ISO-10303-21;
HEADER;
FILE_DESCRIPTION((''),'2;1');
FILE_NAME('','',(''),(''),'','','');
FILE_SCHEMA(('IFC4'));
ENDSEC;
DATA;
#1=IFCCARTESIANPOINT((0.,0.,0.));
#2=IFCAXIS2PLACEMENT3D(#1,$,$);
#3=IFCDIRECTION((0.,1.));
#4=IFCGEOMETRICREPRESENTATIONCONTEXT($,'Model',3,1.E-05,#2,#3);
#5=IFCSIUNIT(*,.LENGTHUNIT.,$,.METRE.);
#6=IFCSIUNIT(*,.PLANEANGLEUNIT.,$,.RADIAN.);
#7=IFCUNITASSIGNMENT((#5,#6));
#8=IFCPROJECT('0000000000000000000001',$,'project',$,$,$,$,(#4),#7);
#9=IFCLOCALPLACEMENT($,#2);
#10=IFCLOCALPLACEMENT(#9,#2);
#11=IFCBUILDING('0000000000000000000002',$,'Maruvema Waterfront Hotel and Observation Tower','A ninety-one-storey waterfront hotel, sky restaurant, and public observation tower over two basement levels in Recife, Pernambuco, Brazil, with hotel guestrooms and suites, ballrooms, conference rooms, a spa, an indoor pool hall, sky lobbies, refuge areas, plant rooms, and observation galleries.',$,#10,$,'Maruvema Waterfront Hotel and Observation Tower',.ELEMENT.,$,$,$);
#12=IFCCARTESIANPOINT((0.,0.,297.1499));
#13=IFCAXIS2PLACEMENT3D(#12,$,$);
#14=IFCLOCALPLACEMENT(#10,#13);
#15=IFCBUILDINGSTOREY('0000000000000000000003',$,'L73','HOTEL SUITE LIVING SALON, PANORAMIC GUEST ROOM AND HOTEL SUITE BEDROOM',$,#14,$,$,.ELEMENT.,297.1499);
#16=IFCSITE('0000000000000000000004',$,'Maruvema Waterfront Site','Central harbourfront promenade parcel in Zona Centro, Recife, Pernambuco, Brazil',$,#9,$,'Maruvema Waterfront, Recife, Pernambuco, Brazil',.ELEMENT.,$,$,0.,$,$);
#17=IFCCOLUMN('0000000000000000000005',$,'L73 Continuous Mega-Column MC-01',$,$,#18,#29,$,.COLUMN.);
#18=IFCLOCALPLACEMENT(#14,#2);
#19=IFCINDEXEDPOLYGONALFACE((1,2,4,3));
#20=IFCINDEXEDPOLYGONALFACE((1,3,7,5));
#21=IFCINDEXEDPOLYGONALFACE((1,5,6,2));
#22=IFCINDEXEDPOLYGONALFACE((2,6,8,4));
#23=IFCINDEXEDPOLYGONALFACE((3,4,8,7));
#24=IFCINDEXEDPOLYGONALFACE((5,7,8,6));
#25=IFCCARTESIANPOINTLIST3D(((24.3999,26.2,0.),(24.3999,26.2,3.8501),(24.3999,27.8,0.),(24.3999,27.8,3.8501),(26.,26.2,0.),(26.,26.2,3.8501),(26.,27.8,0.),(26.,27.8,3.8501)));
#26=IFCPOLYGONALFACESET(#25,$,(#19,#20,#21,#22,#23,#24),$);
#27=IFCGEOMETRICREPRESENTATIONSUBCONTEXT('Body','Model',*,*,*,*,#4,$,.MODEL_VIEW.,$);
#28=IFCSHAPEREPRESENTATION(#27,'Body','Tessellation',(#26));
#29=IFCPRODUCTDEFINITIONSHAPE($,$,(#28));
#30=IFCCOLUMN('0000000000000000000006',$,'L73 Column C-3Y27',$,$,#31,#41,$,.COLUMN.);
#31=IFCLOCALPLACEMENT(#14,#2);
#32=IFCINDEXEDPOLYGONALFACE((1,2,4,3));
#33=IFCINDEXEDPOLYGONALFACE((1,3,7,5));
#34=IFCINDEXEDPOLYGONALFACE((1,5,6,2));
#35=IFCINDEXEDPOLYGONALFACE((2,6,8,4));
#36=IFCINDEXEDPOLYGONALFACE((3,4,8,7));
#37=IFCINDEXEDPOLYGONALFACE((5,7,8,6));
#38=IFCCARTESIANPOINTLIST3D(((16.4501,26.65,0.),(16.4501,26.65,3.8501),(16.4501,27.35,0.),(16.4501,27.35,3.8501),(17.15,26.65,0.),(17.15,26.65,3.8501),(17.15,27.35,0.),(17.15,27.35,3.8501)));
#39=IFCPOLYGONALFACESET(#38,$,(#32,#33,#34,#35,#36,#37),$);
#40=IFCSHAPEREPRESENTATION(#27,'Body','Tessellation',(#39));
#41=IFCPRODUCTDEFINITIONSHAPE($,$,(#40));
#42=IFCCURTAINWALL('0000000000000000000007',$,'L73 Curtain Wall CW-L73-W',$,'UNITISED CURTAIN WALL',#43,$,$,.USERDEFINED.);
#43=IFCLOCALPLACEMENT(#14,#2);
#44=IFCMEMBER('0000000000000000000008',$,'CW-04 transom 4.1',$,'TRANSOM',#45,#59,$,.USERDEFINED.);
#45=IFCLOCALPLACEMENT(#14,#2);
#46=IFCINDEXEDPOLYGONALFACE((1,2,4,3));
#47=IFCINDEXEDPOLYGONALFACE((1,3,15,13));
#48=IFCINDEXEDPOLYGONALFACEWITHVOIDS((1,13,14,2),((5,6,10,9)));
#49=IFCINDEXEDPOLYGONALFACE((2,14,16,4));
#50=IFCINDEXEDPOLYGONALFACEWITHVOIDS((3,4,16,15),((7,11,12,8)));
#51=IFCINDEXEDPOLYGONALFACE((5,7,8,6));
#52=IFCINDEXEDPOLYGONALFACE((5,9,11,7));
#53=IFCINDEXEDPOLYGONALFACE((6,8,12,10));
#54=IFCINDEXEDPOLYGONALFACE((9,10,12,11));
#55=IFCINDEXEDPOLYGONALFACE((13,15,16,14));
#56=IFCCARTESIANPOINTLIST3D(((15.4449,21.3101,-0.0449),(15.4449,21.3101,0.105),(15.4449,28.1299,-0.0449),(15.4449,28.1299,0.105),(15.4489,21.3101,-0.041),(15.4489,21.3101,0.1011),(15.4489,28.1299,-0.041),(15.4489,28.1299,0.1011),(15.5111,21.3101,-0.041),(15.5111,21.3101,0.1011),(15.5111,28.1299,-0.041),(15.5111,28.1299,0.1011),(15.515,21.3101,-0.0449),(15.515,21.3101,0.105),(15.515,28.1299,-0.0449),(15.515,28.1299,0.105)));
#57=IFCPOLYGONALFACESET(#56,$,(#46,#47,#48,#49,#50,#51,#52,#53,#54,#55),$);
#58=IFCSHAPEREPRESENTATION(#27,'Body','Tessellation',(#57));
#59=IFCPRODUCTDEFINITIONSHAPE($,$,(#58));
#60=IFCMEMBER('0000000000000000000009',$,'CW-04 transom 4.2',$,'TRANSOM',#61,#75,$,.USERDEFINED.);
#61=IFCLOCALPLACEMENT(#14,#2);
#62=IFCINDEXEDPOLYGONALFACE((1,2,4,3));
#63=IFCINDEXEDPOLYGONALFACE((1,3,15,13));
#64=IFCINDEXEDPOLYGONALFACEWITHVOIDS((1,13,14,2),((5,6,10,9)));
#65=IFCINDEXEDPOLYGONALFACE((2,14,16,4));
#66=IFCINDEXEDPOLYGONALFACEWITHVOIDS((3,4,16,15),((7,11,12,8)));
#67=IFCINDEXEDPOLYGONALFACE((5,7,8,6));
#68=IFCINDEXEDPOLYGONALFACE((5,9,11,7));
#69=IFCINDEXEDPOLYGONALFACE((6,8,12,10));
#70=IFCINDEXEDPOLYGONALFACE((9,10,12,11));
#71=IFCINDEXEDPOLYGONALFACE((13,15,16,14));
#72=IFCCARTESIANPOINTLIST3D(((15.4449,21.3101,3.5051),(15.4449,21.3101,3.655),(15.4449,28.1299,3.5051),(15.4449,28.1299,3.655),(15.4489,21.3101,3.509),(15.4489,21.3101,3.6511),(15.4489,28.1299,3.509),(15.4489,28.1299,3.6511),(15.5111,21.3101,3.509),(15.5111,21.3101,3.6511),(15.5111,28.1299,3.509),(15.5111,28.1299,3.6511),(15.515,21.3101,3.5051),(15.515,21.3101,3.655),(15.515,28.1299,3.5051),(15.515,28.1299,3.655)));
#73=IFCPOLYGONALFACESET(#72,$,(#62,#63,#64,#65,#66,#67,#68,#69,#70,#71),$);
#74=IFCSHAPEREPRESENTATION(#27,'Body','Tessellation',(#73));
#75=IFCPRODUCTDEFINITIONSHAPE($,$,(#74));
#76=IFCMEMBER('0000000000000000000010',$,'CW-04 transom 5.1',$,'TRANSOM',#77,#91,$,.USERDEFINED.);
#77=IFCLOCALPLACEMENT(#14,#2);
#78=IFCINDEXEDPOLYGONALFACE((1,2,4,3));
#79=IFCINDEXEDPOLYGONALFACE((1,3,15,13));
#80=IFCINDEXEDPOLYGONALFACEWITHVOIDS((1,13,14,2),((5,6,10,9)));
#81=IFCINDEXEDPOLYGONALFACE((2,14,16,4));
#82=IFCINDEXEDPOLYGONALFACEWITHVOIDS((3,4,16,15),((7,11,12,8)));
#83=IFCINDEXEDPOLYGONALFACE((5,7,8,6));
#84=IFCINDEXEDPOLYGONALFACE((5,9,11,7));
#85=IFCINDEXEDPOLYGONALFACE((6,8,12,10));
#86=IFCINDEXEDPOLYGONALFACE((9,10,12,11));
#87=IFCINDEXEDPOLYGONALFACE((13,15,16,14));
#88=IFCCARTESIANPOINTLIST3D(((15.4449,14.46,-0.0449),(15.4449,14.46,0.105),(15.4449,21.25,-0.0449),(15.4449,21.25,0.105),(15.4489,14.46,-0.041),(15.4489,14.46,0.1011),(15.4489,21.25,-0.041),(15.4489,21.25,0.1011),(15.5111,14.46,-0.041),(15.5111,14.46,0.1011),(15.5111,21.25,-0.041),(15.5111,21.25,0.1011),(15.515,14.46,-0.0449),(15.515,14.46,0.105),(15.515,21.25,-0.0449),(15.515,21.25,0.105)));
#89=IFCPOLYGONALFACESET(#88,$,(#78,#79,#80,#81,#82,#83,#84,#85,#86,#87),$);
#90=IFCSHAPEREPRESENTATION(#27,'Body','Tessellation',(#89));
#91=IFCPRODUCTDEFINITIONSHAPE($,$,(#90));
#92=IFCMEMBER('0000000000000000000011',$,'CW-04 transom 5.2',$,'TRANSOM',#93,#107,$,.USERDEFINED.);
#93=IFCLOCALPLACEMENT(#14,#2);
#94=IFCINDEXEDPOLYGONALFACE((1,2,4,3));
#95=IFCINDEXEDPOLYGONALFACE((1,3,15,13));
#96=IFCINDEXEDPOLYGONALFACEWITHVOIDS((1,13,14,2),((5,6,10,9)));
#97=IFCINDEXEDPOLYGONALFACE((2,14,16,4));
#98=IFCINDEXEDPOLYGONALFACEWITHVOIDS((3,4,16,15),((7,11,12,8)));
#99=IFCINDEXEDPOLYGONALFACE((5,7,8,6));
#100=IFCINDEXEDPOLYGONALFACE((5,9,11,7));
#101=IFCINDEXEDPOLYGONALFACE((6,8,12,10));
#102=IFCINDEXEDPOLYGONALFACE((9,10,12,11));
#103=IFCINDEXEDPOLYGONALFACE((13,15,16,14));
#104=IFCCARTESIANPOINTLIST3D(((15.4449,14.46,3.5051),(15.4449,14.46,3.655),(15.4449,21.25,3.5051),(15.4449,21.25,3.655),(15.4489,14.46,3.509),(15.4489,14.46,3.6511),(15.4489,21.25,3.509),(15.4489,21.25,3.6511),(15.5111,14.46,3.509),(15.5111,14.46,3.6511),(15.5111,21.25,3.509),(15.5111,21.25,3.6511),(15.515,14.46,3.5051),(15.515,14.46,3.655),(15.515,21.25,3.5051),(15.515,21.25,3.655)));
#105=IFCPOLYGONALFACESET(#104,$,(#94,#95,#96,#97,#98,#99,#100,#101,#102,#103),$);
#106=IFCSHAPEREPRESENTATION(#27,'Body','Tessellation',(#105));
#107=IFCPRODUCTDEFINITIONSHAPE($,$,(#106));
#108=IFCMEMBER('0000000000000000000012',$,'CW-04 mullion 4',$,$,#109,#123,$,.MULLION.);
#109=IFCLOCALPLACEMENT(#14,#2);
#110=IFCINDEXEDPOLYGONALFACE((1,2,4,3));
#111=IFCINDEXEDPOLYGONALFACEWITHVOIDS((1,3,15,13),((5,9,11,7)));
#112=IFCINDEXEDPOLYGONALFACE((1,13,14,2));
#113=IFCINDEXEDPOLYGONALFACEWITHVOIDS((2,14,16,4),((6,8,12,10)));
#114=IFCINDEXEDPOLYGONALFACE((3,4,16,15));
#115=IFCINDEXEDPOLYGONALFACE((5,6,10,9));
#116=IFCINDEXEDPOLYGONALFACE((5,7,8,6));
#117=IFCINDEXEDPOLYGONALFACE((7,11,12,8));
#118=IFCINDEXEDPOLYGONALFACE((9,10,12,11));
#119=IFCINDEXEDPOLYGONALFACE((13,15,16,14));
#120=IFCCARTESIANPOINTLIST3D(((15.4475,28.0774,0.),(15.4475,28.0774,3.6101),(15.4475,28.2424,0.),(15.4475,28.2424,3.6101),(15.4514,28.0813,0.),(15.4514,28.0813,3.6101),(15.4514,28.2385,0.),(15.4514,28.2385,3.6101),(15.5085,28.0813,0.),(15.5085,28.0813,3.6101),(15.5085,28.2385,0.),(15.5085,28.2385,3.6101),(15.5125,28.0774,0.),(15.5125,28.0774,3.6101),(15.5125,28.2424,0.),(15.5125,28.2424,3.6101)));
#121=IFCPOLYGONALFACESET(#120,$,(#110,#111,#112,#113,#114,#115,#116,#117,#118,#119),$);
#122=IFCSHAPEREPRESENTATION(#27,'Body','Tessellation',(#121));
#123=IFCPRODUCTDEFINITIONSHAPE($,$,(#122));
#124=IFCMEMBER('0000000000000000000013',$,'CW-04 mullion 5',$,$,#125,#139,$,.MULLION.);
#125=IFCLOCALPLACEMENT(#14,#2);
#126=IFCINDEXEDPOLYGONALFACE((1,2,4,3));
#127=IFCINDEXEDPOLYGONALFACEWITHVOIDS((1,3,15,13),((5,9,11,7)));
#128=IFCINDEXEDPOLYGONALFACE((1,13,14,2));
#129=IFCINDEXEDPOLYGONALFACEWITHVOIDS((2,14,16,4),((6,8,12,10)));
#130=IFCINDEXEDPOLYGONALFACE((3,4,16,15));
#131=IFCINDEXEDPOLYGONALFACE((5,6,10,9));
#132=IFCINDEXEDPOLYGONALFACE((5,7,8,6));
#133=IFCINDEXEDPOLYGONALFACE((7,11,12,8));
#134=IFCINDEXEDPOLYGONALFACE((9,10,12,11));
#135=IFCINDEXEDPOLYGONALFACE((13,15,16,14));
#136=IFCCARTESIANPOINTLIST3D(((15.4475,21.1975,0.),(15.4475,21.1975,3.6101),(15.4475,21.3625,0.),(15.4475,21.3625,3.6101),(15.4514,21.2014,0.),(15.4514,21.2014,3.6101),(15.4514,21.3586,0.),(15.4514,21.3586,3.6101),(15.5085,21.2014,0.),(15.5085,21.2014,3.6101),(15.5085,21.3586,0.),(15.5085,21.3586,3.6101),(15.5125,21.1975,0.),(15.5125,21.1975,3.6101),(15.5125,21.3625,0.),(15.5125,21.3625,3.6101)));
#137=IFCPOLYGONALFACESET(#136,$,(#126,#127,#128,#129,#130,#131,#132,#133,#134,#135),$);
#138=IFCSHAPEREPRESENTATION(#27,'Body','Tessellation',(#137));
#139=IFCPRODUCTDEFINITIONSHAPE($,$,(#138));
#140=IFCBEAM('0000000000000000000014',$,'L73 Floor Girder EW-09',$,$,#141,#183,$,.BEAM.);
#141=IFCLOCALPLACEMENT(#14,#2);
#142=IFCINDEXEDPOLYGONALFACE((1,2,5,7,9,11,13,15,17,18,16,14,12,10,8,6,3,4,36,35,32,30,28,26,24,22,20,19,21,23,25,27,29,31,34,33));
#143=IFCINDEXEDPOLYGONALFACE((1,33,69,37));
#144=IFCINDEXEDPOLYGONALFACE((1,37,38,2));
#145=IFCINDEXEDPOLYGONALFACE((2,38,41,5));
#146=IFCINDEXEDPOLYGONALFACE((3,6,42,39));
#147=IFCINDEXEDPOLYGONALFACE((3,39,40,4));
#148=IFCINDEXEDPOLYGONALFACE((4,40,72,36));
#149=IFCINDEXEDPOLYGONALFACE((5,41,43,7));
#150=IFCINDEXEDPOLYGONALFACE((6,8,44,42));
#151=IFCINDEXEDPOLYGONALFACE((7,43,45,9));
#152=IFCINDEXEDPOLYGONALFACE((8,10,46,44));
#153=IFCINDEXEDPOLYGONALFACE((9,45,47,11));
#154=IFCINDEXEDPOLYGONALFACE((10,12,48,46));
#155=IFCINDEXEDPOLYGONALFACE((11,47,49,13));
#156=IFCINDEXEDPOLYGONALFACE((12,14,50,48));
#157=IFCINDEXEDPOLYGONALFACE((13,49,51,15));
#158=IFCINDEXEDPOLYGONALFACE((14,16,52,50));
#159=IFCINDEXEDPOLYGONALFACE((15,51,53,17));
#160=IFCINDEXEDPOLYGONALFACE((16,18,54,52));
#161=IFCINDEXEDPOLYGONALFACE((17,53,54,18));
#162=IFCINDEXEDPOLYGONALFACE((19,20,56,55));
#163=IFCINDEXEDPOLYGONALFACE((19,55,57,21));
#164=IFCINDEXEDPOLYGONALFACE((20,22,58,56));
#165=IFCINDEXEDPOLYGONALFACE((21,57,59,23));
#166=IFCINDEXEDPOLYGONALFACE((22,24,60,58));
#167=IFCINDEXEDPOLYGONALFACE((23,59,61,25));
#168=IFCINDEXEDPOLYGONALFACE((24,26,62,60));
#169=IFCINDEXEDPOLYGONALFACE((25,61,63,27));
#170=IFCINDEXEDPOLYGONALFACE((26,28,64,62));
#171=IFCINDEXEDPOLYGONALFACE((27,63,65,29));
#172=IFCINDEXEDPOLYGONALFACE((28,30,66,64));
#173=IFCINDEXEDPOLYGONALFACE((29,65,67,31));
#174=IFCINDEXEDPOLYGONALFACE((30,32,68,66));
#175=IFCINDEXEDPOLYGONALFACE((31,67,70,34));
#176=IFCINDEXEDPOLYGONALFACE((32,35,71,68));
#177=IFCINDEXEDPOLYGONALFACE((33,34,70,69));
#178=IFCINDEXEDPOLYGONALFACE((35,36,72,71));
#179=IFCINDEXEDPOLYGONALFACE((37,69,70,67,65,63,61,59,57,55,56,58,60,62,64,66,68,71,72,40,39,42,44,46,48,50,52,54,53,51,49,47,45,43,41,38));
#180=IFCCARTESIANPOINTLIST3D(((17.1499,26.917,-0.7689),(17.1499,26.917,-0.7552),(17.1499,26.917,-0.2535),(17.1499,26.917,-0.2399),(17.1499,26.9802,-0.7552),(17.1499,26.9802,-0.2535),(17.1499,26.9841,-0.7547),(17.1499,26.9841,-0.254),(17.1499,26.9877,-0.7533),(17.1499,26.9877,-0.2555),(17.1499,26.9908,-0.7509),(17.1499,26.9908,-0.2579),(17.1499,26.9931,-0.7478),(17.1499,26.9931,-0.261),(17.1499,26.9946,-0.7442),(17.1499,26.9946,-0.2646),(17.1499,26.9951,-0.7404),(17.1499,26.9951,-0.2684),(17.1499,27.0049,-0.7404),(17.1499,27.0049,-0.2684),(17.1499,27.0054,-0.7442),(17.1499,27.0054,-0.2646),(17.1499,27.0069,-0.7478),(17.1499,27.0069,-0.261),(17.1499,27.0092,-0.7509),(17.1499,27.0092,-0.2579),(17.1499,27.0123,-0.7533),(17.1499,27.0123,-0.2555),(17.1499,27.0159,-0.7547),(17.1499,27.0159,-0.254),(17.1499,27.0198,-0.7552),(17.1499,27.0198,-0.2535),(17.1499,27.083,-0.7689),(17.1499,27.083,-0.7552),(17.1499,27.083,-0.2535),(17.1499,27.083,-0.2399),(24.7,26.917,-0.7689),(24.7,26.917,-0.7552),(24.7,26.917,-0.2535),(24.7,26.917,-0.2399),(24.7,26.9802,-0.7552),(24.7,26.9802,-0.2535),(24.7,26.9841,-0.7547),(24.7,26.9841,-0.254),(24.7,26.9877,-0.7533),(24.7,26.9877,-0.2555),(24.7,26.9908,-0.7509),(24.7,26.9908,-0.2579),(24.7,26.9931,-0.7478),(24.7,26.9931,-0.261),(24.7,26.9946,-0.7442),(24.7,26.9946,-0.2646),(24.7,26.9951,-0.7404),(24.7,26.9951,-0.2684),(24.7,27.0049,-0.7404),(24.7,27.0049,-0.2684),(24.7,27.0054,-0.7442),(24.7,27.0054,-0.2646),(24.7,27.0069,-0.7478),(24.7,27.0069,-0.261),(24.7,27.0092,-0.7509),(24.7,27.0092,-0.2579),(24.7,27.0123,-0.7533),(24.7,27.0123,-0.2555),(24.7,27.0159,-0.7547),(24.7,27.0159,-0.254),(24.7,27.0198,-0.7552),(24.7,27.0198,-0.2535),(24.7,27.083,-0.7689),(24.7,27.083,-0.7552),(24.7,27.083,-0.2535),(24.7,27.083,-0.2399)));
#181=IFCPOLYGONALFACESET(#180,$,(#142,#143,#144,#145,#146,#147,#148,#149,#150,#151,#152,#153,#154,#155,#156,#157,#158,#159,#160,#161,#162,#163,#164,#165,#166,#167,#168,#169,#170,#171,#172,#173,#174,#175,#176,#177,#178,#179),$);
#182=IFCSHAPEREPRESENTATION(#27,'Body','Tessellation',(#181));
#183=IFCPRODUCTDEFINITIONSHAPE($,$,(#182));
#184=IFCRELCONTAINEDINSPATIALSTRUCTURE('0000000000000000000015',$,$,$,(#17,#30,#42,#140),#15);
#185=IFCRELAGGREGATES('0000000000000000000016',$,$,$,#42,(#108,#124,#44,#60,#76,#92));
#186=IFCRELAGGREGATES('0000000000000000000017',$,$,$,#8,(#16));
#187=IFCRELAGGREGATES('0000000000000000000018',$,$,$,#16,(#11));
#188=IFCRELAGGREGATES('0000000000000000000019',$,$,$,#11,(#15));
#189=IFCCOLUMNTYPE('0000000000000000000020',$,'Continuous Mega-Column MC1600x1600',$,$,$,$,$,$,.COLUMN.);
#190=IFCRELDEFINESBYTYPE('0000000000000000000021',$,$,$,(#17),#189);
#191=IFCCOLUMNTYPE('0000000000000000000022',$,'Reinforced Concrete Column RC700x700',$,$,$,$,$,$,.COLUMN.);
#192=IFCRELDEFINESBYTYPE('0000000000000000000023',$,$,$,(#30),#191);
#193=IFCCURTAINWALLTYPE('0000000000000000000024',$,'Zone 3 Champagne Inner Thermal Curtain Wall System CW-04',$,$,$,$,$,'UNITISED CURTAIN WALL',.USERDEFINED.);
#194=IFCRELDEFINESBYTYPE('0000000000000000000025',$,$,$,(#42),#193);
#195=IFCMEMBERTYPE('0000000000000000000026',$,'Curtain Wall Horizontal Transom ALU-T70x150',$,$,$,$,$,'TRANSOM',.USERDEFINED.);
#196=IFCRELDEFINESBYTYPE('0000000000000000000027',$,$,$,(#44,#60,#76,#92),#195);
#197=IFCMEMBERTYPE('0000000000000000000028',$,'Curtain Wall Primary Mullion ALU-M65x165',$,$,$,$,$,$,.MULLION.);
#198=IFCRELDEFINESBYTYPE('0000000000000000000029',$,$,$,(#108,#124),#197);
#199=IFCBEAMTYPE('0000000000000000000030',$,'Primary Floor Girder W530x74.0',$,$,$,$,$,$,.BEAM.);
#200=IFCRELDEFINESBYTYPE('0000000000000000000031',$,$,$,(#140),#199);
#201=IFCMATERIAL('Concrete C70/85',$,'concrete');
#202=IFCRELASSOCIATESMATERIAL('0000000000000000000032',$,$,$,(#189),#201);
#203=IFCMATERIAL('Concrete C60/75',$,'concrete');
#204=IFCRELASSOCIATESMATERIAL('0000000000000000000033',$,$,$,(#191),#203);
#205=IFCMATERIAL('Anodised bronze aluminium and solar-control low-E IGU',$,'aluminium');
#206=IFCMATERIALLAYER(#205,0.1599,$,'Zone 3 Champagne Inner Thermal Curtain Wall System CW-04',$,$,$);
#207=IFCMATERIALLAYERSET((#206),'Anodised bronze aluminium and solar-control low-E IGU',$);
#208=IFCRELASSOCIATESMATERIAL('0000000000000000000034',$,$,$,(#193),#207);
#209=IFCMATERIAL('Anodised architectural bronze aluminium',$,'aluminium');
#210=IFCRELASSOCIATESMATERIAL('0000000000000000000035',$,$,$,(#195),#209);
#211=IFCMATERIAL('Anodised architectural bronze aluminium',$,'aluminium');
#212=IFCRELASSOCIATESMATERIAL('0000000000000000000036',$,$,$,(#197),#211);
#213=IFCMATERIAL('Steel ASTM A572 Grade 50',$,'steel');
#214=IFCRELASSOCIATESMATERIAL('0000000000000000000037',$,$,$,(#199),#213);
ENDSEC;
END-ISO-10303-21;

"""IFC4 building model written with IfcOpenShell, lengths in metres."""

from ifc_helpers import new_model, si_unit, direction, frame, origin, origin_2d, place, context, subcontext, project, spatial, rectangle, hollow_rectangle, i_section, extrude, material, layer, layer_set, material_profile, profile_set, type_object, element, aggregate, save


model = new_model("IFC4")

# Units and contexts
model_context = context("Model", 3, precision=1e-05, world=origin(), true_north=direction((0.0, 1.0)))
body_context = subcontext(model_context, "Body", "Model", "MODEL_VIEW")
ifc_project = project(units=[si_unit("LENGTHUNIT", "METRE"), si_unit("PLANEANGLEUNIT", "RADIAN")], contexts=[model_context])

# Site, building, storey
site_placement = place(None, origin())
site = spatial("IfcSite", under=ifc_project, at=site_placement, Name="Maruvema Waterfront Site", Description="Central harbourfront promenade parcel in Zona Centro, Recife, Pernambuco, Brazil", LongName="Maruvema Waterfront, Recife, Pernambuco, Brazil", CompositionType="ELEMENT", RefElevation=0.0)
building_placement = place(site_placement, origin())
building = spatial("IfcBuilding", under=site, at=building_placement, Name="Maruvema Waterfront Hotel and Observation Tower", Description="A ninety-one-storey waterfront hotel, sky restaurant, and public observation tower over two basement levels in Recife, Pernambuco, Brazil, with hotel guestrooms and suites, ballrooms, conference rooms, a spa, an indoor pool hall, sky lobbies, refuge areas, plant rooms, and observation galleries.", LongName="Maruvema Waterfront Hotel and Observation Tower", CompositionType="ELEMENT")
storey_placement = place(building_placement, frame((0.0, 0.0, 297.1499)))
storey = spatial("IfcBuildingStorey", under=building, at=storey_placement, Name="L73", Description="HOTEL SUITE LIVING SALON, PANORAMIC GUEST ROOM AND HOTEL SUITE BEDROOM", CompositionType="ELEMENT", Elevation=297.1499)

# Columns
ifc_material_1 = material(Name="Concrete C70/85", Category="concrete")
ifc_material_profile_1 = material_profile(ifc_material_1, rectangle(XDim=1.6001, YDim=1.6001, at=origin_2d()), Name="MC1600x1600")
ifc_profile_set_1 = profile_set([ifc_material_profile_1], Name="Concrete C70/85")
column_type_1 = type_object("IfcColumnType", Name="Continuous Mega-Column MC1600x1600", PredefinedType="COLUMN", material=ifc_profile_set_1)
column_1_placement = place(storey_placement, frame((25.2, 27.0, 0.0), z_axis=(0.0, 0.0, 1.0), x_axis=(1.0, 0.0, 0.0)))
element("IfcColumn", 1, at=column_1_placement, inside=storey, type_object=column_type_1, Name="L73 Continuous Mega-Column MC-01", PredefinedType="COLUMN", context=body_context, shape_type="SweptSolid", body=[
    extrude(rectangle(XDim=1.6001, YDim=1.6001, at=origin_2d()), origin(), (0.0, 0.0, 1.0), 3.8501),
])
ifc_material_2 = material(Name="Concrete C60/75", Category="concrete")
ifc_material_profile_2 = material_profile(ifc_material_2, rectangle(XDim=0.7, YDim=0.7, at=origin_2d()), Name="RC700x700")
ifc_profile_set_2 = profile_set([ifc_material_profile_2], Name="Concrete C60/75")
column_type_2 = type_object("IfcColumnType", Name="Reinforced Concrete Column RC700x700", PredefinedType="COLUMN", material=ifc_profile_set_2)
column_2_placement = place(storey_placement, frame((16.8, 27.0, 0.0), z_axis=(0.0, 0.0, 1.0), x_axis=(1.0, 0.0, 0.0)))
element("IfcColumn", 2, at=column_2_placement, inside=storey, type_object=column_type_2, Name="L73 Column C-3Y27", PredefinedType="COLUMN", context=body_context, shape_type="SweptSolid", body=[
    extrude(rectangle(XDim=0.7, YDim=0.7, at=origin_2d()), origin(), (0.0, 0.0, 1.0), 3.8501),
])

# Curtain wall, members
ifc_material_3 = material(Name="Anodised bronze aluminium and solar-control low-E IGU", Category="aluminium")
ifc_layer_1 = layer(ifc_material_3, 0.1599, Name="Zone 3 Champagne Inner Thermal Curtain Wall System CW-04")
ifc_layer_set_1 = layer_set([ifc_layer_1], Name="Anodised bronze aluminium and solar-control low-E IGU")
curtain_wall_type = type_object("IfcCurtainWallType", Name="Zone 3 Champagne Inner Thermal Curtain Wall System CW-04", ElementType="UNITISED CURTAIN WALL", PredefinedType="USERDEFINED", material=ifc_layer_set_1)
curtain_wall_placement = place(storey_placement, origin())
curtain_wall = element("IfcCurtainWall", 3, at=curtain_wall_placement, inside=storey, type_object=curtain_wall_type, Name="L73 Curtain Wall CW-L73-W", ObjectType="UNITISED CURTAIN WALL", PredefinedType="USERDEFINED")
ifc_material_4 = material(Name="Anodised architectural bronze aluminium", Category="aluminium")
ifc_material_profile_3 = material_profile(ifc_material_4, hollow_rectangle(XDim=0.0701, YDim=0.1499, WallThickness=0.0039, at=origin_2d()), Name="ALU-T70x150")
ifc_profile_set_3 = profile_set([ifc_material_profile_3], Name="Anodised architectural bronze aluminium")
member_type_1 = type_object("IfcMemberType", Name="Curtain Wall Horizontal Transom ALU-T70x150", ElementType="TRANSOM", PredefinedType="USERDEFINED", material=ifc_profile_set_3)
member_1_placement = place(storey_placement, frame((15.48, 28.1299, 0.03), z_axis=(0.0, -1.0, 0.0), x_axis=(1.0, 0.0, 0.0)))
member_1 = element("IfcMember", 4, at=member_1_placement, type_object=member_type_1, Name="CW-04 transom 4.1", ObjectType="TRANSOM", PredefinedType="USERDEFINED", context=body_context, shape_type="SweptSolid", body=[
    extrude(hollow_rectangle(XDim=0.0701, YDim=0.1499, WallThickness=0.0039, at=origin_2d()), origin(), (0.0, 0.0, 1.0), 6.8198),
])
member_2_placement = place(storey_placement, frame((15.48, 28.1299, 3.5801), z_axis=(0.0, -1.0, 0.0), x_axis=(1.0, 0.0, 0.0)))
member_2 = element("IfcMember", 5, at=member_2_placement, type_object=member_type_1, Name="CW-04 transom 4.2", ObjectType="TRANSOM", PredefinedType="USERDEFINED", context=body_context, shape_type="SweptSolid", body=[
    extrude(hollow_rectangle(XDim=0.0701, YDim=0.1499, WallThickness=0.0039, at=origin_2d()), origin(), (0.0, 0.0, 1.0), 6.8198),
])
member_3_placement = place(storey_placement, frame((15.48, 21.25, 0.03), z_axis=(0.0, -1.0, 0.0), x_axis=(1.0, 0.0, 0.0)))
member_3 = element("IfcMember", 6, at=member_3_placement, type_object=member_type_1, Name="CW-04 transom 5.1", ObjectType="TRANSOM", PredefinedType="USERDEFINED", context=body_context, shape_type="SweptSolid", body=[
    extrude(hollow_rectangle(XDim=0.0701, YDim=0.1499, WallThickness=0.0039, at=origin_2d()), origin(), (0.0, 0.0, 1.0), 6.79),
])
member_4_placement = place(storey_placement, frame((15.48, 21.25, 3.5801), z_axis=(0.0, -1.0, 0.0), x_axis=(1.0, 0.0, 0.0)))
member_4 = element("IfcMember", 7, at=member_4_placement, type_object=member_type_1, Name="CW-04 transom 5.2", ObjectType="TRANSOM", PredefinedType="USERDEFINED", context=body_context, shape_type="SweptSolid", body=[
    extrude(hollow_rectangle(XDim=0.0701, YDim=0.1499, WallThickness=0.0039, at=origin_2d()), origin(), (0.0, 0.0, 1.0), 6.79),
])
ifc_material_5 = material(Name="Anodised architectural bronze aluminium", Category="aluminium")
ifc_material_profile_4 = material_profile(ifc_material_5, hollow_rectangle(XDim=0.0649, YDim=0.165, WallThickness=0.0039, at=origin_2d()), Name="ALU-M65x165")
ifc_profile_set_4 = profile_set([ifc_material_profile_4], Name="Anodised architectural bronze aluminium")
member_type_2 = type_object("IfcMemberType", Name="Curtain Wall Primary Mullion ALU-M65x165", PredefinedType="MULLION", material=ifc_profile_set_4)
member_5_placement = place(storey_placement, frame((15.48, 28.1599, 0.0), z_axis=(0.0, 0.0, 1.0), x_axis=(1.0, 0.0, 0.0)))
member_5 = element("IfcMember", 8, at=member_5_placement, type_object=member_type_2, Name="CW-04 mullion 4", PredefinedType="MULLION", context=body_context, shape_type="SweptSolid", body=[
    extrude(hollow_rectangle(XDim=0.0649, YDim=0.165, WallThickness=0.0039, at=origin_2d()), origin(), (0.0, 0.0, 1.0), 3.6101),
])
member_6_placement = place(storey_placement, frame((15.48, 21.28, 0.0), z_axis=(0.0, 0.0, 1.0), x_axis=(1.0, 0.0, 0.0)))
member_6 = element("IfcMember", 9, at=member_6_placement, type_object=member_type_2, Name="CW-04 mullion 5", PredefinedType="MULLION", context=body_context, shape_type="SweptSolid", body=[
    extrude(hollow_rectangle(XDim=0.0649, YDim=0.165, WallThickness=0.0039, at=origin_2d()), origin(), (0.0, 0.0, 1.0), 3.6101),
])

# Beam
ifc_material_6 = material(Name="Steel ASTM A572 Grade 50", Category="steel")
ifc_material_profile_5 = material_profile(ifc_material_6, i_section(OverallWidth=0.166, OverallDepth=0.5291, WebThickness=0.0098, FlangeThickness=0.0137, FilletRadius=0.0149, at=origin_2d()), Name="W530x74.0")
ifc_profile_set_5 = profile_set([ifc_material_profile_5], Name="Steel ASTM A572 Grade 50")
beam_type_1 = type_object("IfcBeamType", Name="Primary Floor Girder W530x74.0", PredefinedType="BEAM", material=ifc_profile_set_5)
beam_1_placement = place(storey_placement, frame((17.1499, 27.0, -0.5044), z_axis=(1.0, 0.0, 0.0), x_axis=(0.0, 1.0, 0.0)))
element("IfcBeam", 10, at=beam_1_placement, inside=storey, type_object=beam_type_1, Name="L73 Floor Girder EW-09", PredefinedType="BEAM", context=body_context, shape_type="SweptSolid", body=[
    extrude(i_section(OverallWidth=0.166, OverallDepth=0.5291, WebThickness=0.0098, FlangeThickness=0.0137, FilletRadius=0.0149, at=origin_2d()), origin(), (0.0, 0.0, 1.0), 7.55),
])

aggregate(curtain_wall, [member_5, member_6, member_1, member_2, member_3, member_4])

save(model, "model.ifc")
